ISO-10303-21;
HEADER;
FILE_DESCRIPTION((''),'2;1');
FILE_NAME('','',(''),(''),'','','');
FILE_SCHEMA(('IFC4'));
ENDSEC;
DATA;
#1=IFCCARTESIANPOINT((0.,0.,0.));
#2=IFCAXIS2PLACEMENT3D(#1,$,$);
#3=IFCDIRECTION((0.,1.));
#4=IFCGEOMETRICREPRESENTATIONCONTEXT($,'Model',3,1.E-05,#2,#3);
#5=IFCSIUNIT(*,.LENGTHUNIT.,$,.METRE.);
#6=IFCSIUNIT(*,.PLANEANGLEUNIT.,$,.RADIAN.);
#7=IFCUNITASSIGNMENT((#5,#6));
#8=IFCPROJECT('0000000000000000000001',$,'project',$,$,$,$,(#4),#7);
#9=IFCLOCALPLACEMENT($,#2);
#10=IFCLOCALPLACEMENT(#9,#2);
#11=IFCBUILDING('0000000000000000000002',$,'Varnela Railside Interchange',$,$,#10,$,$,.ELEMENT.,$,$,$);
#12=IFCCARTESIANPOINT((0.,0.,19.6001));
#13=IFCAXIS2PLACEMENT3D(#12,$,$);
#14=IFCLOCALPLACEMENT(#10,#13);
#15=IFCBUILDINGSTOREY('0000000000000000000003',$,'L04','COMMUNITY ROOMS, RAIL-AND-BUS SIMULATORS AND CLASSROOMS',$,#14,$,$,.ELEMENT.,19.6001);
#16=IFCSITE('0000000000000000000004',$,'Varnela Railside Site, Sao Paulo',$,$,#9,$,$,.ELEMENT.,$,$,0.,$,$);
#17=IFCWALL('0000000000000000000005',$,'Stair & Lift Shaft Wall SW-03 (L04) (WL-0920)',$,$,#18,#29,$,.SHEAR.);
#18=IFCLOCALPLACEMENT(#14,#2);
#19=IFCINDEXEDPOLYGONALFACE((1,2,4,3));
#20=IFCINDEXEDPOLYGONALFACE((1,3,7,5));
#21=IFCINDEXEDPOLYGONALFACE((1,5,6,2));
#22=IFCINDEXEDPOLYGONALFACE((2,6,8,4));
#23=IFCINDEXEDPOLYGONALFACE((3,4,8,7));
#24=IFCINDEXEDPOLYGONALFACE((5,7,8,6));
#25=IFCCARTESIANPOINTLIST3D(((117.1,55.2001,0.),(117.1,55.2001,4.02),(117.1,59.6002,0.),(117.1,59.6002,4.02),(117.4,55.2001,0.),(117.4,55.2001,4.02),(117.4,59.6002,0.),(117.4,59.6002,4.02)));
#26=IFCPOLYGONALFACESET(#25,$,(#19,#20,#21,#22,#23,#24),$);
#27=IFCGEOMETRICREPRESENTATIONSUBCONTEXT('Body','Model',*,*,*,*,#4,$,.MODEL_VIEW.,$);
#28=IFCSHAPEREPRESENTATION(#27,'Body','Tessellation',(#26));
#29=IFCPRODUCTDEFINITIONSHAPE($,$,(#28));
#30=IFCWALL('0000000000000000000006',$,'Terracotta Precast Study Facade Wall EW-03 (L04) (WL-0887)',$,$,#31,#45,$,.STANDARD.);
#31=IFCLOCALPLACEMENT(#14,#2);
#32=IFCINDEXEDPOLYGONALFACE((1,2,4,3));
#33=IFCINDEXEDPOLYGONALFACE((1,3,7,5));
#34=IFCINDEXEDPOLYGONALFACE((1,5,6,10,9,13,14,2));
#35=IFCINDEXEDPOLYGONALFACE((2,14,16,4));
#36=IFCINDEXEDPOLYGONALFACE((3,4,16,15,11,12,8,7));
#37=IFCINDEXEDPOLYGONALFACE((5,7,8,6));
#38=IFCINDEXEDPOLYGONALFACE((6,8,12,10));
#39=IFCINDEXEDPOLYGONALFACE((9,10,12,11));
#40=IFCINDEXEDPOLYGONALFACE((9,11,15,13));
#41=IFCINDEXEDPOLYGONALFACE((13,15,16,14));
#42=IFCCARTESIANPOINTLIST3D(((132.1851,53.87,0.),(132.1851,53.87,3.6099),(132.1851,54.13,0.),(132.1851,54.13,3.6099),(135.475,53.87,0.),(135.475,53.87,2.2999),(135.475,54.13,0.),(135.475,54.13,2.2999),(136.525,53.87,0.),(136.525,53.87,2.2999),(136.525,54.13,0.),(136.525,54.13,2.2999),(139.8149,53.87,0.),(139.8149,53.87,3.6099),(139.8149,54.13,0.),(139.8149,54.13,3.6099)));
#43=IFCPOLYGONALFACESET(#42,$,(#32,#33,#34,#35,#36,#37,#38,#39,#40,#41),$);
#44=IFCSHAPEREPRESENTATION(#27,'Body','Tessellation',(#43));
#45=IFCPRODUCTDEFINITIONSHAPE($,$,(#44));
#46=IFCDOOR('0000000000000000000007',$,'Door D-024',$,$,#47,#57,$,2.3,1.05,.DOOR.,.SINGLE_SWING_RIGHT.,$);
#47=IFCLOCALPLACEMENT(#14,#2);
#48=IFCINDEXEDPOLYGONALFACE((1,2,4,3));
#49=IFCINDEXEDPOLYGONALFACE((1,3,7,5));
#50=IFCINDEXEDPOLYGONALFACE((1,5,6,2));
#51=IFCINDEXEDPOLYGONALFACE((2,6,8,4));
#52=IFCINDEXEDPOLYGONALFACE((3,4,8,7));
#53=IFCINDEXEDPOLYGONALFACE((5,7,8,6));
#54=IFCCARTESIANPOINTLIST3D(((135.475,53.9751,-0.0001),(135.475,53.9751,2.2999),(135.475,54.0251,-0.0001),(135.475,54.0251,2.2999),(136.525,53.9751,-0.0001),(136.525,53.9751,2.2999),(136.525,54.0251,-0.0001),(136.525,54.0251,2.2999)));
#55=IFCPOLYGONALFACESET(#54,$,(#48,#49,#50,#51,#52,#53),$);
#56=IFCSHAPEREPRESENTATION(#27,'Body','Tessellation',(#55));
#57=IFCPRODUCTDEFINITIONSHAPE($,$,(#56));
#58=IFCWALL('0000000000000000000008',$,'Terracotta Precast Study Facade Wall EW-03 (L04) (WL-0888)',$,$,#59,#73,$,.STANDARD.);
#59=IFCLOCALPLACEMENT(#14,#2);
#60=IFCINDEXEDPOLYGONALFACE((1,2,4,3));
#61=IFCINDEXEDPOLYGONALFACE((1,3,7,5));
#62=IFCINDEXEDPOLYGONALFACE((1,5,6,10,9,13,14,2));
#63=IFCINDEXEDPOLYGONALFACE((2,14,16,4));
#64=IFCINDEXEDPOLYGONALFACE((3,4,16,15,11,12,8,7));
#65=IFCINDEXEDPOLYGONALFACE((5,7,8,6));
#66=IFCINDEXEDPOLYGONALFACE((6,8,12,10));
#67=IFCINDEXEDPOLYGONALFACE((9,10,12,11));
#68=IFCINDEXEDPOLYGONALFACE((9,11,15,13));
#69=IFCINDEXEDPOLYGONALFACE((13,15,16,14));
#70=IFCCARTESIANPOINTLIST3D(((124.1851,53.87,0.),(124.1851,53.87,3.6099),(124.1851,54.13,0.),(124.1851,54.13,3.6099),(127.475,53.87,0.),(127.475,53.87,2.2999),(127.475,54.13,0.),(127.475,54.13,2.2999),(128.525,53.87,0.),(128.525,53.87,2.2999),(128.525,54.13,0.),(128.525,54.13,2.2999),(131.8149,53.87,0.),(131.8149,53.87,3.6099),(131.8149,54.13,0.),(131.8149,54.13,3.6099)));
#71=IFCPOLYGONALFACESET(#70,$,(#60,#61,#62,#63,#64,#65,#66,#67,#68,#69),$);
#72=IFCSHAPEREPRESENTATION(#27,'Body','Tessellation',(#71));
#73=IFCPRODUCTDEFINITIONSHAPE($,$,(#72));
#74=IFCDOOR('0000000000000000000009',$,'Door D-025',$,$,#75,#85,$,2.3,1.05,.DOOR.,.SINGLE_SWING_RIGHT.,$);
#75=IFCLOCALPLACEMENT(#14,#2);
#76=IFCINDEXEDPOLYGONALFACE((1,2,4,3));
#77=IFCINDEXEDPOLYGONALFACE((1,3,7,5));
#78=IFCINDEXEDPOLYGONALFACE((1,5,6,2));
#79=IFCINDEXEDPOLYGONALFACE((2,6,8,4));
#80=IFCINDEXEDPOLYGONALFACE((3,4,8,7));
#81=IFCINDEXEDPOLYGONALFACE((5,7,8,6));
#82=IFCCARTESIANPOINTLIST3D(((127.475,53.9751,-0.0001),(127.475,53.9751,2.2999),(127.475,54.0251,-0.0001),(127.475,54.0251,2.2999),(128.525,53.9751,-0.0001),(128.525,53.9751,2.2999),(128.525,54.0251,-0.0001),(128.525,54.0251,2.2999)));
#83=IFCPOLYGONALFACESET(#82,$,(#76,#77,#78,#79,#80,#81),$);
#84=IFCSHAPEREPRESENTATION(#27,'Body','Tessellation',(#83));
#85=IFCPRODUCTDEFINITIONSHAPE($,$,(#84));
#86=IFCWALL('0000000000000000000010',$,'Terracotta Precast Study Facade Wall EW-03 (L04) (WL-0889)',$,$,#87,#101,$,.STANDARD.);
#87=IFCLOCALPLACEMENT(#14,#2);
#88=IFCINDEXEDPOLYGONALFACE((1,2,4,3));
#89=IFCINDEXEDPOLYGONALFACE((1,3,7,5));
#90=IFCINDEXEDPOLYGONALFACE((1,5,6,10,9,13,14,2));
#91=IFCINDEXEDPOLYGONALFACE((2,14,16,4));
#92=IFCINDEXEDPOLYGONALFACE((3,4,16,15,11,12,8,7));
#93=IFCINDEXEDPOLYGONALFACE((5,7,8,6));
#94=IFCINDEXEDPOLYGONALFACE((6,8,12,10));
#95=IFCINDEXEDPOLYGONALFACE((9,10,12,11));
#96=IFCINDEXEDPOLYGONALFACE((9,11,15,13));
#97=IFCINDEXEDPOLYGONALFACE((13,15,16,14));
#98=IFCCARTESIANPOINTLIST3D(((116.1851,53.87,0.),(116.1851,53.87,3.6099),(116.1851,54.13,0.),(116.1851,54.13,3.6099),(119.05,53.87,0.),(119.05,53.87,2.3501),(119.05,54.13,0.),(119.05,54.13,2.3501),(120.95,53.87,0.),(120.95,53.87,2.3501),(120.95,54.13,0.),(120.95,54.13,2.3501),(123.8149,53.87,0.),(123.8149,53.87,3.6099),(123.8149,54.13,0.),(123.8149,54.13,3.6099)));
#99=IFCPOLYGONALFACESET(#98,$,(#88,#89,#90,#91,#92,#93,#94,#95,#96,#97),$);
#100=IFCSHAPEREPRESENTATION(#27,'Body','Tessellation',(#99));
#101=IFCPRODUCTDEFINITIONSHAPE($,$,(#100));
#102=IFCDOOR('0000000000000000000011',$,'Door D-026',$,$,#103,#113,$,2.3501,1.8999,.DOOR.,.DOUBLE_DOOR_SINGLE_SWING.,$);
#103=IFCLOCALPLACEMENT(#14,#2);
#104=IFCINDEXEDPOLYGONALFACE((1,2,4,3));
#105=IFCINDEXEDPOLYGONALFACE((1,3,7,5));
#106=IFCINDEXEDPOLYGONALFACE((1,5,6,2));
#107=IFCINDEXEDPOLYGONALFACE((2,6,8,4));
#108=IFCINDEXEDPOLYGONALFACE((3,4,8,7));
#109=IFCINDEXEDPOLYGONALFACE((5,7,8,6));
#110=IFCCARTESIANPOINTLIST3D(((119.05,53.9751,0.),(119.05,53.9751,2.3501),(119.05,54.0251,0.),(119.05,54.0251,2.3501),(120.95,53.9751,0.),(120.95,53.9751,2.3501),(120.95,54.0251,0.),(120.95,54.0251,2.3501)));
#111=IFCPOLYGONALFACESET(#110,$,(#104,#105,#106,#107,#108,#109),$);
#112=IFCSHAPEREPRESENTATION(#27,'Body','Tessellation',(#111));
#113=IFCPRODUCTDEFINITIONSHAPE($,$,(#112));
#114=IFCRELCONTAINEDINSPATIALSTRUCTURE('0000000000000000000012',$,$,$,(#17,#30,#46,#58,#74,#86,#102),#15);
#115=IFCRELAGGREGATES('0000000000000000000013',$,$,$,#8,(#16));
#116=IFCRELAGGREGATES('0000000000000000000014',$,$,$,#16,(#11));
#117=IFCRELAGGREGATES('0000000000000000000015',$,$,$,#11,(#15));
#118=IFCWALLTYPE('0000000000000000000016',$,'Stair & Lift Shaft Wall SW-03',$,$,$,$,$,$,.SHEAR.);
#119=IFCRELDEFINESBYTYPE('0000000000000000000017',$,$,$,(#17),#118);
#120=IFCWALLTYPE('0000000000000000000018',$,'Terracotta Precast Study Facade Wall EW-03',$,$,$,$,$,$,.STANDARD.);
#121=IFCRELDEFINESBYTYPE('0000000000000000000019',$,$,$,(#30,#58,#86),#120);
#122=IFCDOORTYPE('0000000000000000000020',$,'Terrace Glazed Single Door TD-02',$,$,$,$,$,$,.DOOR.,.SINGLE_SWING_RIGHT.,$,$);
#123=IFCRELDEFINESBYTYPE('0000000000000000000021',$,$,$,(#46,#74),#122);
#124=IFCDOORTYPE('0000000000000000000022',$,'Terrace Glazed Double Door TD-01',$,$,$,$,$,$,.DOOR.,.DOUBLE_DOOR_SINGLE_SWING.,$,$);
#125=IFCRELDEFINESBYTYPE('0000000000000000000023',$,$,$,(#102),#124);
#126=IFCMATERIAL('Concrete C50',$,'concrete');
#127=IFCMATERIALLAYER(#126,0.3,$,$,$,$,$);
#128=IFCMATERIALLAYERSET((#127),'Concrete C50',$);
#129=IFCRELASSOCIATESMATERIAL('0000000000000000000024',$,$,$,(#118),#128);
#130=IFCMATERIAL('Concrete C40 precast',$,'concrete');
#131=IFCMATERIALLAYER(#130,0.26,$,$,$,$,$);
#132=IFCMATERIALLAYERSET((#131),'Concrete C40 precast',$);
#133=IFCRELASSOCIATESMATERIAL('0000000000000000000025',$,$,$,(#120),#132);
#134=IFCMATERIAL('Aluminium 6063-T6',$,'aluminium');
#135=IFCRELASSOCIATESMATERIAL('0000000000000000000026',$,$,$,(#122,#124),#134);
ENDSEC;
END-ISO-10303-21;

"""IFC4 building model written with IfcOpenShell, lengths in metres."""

from ifc_helpers import new_model, si_unit, direction, frame, frame_2d, origin, place, context, subcontext, project, spatial, rectangle, extrude, material, layer, layer_set, type_object, element, fill, save


model = new_model("IFC4")

# Units and contexts
model_context = context("Model", 3, precision=1e-05, world=origin(), true_north=direction((0.0, 1.0)))
body_context = subcontext(model_context, "Body", "Model", "MODEL_VIEW")
ifc_project = project(units=[si_unit("LENGTHUNIT", "METRE"), si_unit("PLANEANGLEUNIT", "RADIAN")], contexts=[model_context])

# Site, building, storey
site_placement = place(None, origin())
site = spatial("IfcSite", under=ifc_project, at=site_placement, Name="Varnela Railside Site, Sao Paulo", CompositionType="ELEMENT", RefElevation=0.0)
building_placement = place(site_placement, origin())
building = spatial("IfcBuilding", under=site, at=building_placement, Name="Varnela Railside Interchange", CompositionType="ELEMENT")
storey_placement = place(building_placement, frame((0.0, 0.0, 19.6001)))
storey = spatial("IfcBuildingStorey", under=building, at=storey_placement, Name="L04", Description="COMMUNITY ROOMS, RAIL-AND-BUS SIMULATORS AND CLASSROOMS", CompositionType="ELEMENT", Elevation=19.6001)

# Wall
ifc_material_1 = material(Name="Concrete C50", Category="concrete")
ifc_layer_1 = layer(ifc_material_1, 0.3)
ifc_layer_set_1 = layer_set([ifc_layer_1], Name="Concrete C50")
wall_type_1 = type_object("IfcWallType", Name="Stair & Lift Shaft Wall SW-03", PredefinedType="SHEAR", material=ifc_layer_set_1)
wall_1_placement = place(storey_placement, frame((117.25, 55.2, 0.0), z_axis=(0.0, 0.0, 1.0), x_axis=(0.0, 1.0, 0.0)))
element("IfcWall", 1, at=wall_1_placement, inside=storey, type_object=wall_type_1, Name="Stair & Lift Shaft Wall SW-03 (L04) (WL-0920)", PredefinedType="SHEAR", context=body_context, shape_type="SweptSolid", body=[
    extrude(rectangle(XDim=4.4001, YDim=0.3, at=frame_2d((2.2002, 0.0))), origin(), (0.0, 0.0, 1.0), 4.02),
])

# Walls, openings, doors
ifc_material_2 = material(Name="Concrete C40 precast", Category="concrete")
ifc_layer_2 = layer(ifc_material_2, 0.26)
ifc_layer_set_2 = layer_set([ifc_layer_2], Name="Concrete C40 precast")
wall_type_2 = type_object("IfcWallType", Name="Terracotta Precast Study Facade Wall EW-03", PredefinedType="STANDARD", material=ifc_layer_set_2)
wall_2_placement = place(storey_placement, frame((139.8149, 54.0, 0.0), z_axis=(0.0, 0.0, 1.0), x_axis=(-1.0, 0.0, 0.0)))
wall_2 = element("IfcWall", 2, at=wall_2_placement, inside=storey, type_object=wall_type_2, Name="Terracotta Precast Study Facade Wall EW-03 (L04) (WL-0887)", PredefinedType="STANDARD", context=body_context, shape_type="SweptSolid", body=[
    extrude(rectangle(XDim=7.6299, YDim=0.26, at=frame_2d((3.8149, 0.0))), origin(), (0.0, 0.0, 1.0), 3.6099),
])
opening_1_placement = place(wall_2_placement, frame((3.29, 0.0, 0.0)))
opening_1 = element("IfcOpeningElement", 3, at=opening_1_placement, cuts=wall_2, PredefinedType="OPENING", context=body_context, shape_type="SweptSolid", body=[
    extrude(rectangle(XDim=1.05, YDim=2.3, at=frame_2d((0.5249, 1.1499))), frame((0.0, 0.1399, 0.0), z_axis=(0.0, -1.0, 0.0), x_axis=(1.0, 0.0, 0.0)), (0.0, 0.0, 1.0), 0.28),
])
ifc_material_3 = material(Name="Aluminium 6063-T6", Category="aluminium")
door_type_1 = type_object("IfcDoorType", Name="Terrace Glazed Single Door TD-02", OperationType="SINGLE_SWING_RIGHT", PredefinedType="DOOR", material=ifc_material_3)
door_1_placement = place(opening_1_placement, origin())
door_1 = element("IfcDoor", 4, at=door_1_placement, inside=storey, type_object=door_type_1, Name="Door D-024", OperationType="SINGLE_SWING_RIGHT", OverallHeight=2.3, OverallWidth=1.05, PredefinedType="DOOR", context=body_context, shape_type="SweptSolid", body=[
    extrude(rectangle(XDim=1.05, YDim=2.3, at=frame_2d((0.5249, 1.1499))), frame((0.0, 0.0249, 0.0), z_axis=(0.0, -1.0, 0.0), x_axis=(1.0, 0.0, 0.0)), (0.0, 0.0, 1.0), 0.05),
])
fill(opening_1, door_1)
wall_3_placement = place(storey_placement, frame((131.8149, 54.0, 0.0), z_axis=(0.0, 0.0, 1.0), x_axis=(-1.0, 0.0, 0.0)))
wall_3 = element("IfcWall", 5, at=wall_3_placement, inside=storey, type_object=wall_type_2, Name="Terracotta Precast Study Facade Wall EW-03 (L04) (WL-0888)", PredefinedType="STANDARD", context=body_context, shape_type="SweptSolid", body=[
    extrude(rectangle(XDim=7.6299, YDim=0.26, at=frame_2d((3.8149, 0.0))), origin(), (0.0, 0.0, 1.0), 3.6099),
])
opening_2_placement = place(wall_3_placement, frame((3.29, 0.0, 0.0)))
opening_2 = element("IfcOpeningElement", 6, at=opening_2_placement, cuts=wall_3, PredefinedType="OPENING", context=body_context, shape_type="SweptSolid", body=[
    extrude(rectangle(XDim=1.05, YDim=2.3, at=frame_2d((0.5249, 1.1499))), frame((0.0, 0.1399, 0.0), z_axis=(0.0, -1.0, 0.0), x_axis=(1.0, 0.0, 0.0)), (0.0, 0.0, 1.0), 0.28),
])
door_2_placement = place(opening_2_placement, origin())
door_2 = element("IfcDoor", 7, at=door_2_placement, inside=storey, type_object=door_type_1, Name="Door D-025", OperationType="SINGLE_SWING_RIGHT", OverallHeight=2.3, OverallWidth=1.05, PredefinedType="DOOR", context=body_context, shape_type="SweptSolid", body=[
    extrude(rectangle(XDim=1.05, YDim=2.3, at=frame_2d((0.5249, 1.1499))), frame((0.0, 0.0249, 0.0), z_axis=(0.0, -1.0, 0.0), x_axis=(1.0, 0.0, 0.0)), (0.0, 0.0, 1.0), 0.05),
])
fill(opening_2, door_2)
wall_4_placement = place(storey_placement, frame((123.8149, 54.0, 0.0), z_axis=(0.0, 0.0, 1.0), x_axis=(-1.0, 0.0, 0.0)))
wall_4 = element("IfcWall", 8, at=wall_4_placement, inside=storey, type_object=wall_type_2, Name="Terracotta Precast Study Facade Wall EW-03 (L04) (WL-0889)", PredefinedType="STANDARD", context=body_context, shape_type="SweptSolid", body=[
    extrude(rectangle(XDim=7.6299, YDim=0.26, at=frame_2d((3.8149, 0.0))), origin(), (0.0, 0.0, 1.0), 3.6099),
])
opening_3_placement = place(wall_4_placement, frame((2.865, 0.0, 0.0)))
opening_3 = element("IfcOpeningElement", 9, at=opening_3_placement, cuts=wall_4, PredefinedType="OPENING", context=body_context, shape_type="SweptSolid", body=[
    extrude(rectangle(XDim=1.8999, YDim=2.3501, at=frame_2d((0.95, 1.175))), frame((0.0, 0.1399, 0.0), z_axis=(0.0, -1.0, 0.0), x_axis=(1.0, 0.0, 0.0)), (0.0, 0.0, 1.0), 0.28),
])
door_type_2 = type_object("IfcDoorType", Name="Terrace Glazed Double Door TD-01", OperationType="DOUBLE_DOOR_SINGLE_SWING", PredefinedType="DOOR", material=ifc_material_3)
door_3_placement = place(opening_3_placement, origin())
door_3 = element("IfcDoor", 10, at=door_3_placement, inside=storey, type_object=door_type_2, Name="Door D-026", OperationType="DOUBLE_DOOR_SINGLE_SWING", OverallHeight=2.3501, OverallWidth=1.8999, PredefinedType="DOOR", context=body_context, shape_type="SweptSolid", body=[
    extrude(rectangle(XDim=1.8999, YDim=2.3501, at=frame_2d((0.95, 1.175))), frame((0.0, 0.0249, 0.0), z_axis=(0.0, -1.0, 0.0), x_axis=(1.0, 0.0, 0.0)), (0.0, 0.0, 1.0), 0.05),
])
fill(opening_3, door_3)

save(model, "model.ifc")
